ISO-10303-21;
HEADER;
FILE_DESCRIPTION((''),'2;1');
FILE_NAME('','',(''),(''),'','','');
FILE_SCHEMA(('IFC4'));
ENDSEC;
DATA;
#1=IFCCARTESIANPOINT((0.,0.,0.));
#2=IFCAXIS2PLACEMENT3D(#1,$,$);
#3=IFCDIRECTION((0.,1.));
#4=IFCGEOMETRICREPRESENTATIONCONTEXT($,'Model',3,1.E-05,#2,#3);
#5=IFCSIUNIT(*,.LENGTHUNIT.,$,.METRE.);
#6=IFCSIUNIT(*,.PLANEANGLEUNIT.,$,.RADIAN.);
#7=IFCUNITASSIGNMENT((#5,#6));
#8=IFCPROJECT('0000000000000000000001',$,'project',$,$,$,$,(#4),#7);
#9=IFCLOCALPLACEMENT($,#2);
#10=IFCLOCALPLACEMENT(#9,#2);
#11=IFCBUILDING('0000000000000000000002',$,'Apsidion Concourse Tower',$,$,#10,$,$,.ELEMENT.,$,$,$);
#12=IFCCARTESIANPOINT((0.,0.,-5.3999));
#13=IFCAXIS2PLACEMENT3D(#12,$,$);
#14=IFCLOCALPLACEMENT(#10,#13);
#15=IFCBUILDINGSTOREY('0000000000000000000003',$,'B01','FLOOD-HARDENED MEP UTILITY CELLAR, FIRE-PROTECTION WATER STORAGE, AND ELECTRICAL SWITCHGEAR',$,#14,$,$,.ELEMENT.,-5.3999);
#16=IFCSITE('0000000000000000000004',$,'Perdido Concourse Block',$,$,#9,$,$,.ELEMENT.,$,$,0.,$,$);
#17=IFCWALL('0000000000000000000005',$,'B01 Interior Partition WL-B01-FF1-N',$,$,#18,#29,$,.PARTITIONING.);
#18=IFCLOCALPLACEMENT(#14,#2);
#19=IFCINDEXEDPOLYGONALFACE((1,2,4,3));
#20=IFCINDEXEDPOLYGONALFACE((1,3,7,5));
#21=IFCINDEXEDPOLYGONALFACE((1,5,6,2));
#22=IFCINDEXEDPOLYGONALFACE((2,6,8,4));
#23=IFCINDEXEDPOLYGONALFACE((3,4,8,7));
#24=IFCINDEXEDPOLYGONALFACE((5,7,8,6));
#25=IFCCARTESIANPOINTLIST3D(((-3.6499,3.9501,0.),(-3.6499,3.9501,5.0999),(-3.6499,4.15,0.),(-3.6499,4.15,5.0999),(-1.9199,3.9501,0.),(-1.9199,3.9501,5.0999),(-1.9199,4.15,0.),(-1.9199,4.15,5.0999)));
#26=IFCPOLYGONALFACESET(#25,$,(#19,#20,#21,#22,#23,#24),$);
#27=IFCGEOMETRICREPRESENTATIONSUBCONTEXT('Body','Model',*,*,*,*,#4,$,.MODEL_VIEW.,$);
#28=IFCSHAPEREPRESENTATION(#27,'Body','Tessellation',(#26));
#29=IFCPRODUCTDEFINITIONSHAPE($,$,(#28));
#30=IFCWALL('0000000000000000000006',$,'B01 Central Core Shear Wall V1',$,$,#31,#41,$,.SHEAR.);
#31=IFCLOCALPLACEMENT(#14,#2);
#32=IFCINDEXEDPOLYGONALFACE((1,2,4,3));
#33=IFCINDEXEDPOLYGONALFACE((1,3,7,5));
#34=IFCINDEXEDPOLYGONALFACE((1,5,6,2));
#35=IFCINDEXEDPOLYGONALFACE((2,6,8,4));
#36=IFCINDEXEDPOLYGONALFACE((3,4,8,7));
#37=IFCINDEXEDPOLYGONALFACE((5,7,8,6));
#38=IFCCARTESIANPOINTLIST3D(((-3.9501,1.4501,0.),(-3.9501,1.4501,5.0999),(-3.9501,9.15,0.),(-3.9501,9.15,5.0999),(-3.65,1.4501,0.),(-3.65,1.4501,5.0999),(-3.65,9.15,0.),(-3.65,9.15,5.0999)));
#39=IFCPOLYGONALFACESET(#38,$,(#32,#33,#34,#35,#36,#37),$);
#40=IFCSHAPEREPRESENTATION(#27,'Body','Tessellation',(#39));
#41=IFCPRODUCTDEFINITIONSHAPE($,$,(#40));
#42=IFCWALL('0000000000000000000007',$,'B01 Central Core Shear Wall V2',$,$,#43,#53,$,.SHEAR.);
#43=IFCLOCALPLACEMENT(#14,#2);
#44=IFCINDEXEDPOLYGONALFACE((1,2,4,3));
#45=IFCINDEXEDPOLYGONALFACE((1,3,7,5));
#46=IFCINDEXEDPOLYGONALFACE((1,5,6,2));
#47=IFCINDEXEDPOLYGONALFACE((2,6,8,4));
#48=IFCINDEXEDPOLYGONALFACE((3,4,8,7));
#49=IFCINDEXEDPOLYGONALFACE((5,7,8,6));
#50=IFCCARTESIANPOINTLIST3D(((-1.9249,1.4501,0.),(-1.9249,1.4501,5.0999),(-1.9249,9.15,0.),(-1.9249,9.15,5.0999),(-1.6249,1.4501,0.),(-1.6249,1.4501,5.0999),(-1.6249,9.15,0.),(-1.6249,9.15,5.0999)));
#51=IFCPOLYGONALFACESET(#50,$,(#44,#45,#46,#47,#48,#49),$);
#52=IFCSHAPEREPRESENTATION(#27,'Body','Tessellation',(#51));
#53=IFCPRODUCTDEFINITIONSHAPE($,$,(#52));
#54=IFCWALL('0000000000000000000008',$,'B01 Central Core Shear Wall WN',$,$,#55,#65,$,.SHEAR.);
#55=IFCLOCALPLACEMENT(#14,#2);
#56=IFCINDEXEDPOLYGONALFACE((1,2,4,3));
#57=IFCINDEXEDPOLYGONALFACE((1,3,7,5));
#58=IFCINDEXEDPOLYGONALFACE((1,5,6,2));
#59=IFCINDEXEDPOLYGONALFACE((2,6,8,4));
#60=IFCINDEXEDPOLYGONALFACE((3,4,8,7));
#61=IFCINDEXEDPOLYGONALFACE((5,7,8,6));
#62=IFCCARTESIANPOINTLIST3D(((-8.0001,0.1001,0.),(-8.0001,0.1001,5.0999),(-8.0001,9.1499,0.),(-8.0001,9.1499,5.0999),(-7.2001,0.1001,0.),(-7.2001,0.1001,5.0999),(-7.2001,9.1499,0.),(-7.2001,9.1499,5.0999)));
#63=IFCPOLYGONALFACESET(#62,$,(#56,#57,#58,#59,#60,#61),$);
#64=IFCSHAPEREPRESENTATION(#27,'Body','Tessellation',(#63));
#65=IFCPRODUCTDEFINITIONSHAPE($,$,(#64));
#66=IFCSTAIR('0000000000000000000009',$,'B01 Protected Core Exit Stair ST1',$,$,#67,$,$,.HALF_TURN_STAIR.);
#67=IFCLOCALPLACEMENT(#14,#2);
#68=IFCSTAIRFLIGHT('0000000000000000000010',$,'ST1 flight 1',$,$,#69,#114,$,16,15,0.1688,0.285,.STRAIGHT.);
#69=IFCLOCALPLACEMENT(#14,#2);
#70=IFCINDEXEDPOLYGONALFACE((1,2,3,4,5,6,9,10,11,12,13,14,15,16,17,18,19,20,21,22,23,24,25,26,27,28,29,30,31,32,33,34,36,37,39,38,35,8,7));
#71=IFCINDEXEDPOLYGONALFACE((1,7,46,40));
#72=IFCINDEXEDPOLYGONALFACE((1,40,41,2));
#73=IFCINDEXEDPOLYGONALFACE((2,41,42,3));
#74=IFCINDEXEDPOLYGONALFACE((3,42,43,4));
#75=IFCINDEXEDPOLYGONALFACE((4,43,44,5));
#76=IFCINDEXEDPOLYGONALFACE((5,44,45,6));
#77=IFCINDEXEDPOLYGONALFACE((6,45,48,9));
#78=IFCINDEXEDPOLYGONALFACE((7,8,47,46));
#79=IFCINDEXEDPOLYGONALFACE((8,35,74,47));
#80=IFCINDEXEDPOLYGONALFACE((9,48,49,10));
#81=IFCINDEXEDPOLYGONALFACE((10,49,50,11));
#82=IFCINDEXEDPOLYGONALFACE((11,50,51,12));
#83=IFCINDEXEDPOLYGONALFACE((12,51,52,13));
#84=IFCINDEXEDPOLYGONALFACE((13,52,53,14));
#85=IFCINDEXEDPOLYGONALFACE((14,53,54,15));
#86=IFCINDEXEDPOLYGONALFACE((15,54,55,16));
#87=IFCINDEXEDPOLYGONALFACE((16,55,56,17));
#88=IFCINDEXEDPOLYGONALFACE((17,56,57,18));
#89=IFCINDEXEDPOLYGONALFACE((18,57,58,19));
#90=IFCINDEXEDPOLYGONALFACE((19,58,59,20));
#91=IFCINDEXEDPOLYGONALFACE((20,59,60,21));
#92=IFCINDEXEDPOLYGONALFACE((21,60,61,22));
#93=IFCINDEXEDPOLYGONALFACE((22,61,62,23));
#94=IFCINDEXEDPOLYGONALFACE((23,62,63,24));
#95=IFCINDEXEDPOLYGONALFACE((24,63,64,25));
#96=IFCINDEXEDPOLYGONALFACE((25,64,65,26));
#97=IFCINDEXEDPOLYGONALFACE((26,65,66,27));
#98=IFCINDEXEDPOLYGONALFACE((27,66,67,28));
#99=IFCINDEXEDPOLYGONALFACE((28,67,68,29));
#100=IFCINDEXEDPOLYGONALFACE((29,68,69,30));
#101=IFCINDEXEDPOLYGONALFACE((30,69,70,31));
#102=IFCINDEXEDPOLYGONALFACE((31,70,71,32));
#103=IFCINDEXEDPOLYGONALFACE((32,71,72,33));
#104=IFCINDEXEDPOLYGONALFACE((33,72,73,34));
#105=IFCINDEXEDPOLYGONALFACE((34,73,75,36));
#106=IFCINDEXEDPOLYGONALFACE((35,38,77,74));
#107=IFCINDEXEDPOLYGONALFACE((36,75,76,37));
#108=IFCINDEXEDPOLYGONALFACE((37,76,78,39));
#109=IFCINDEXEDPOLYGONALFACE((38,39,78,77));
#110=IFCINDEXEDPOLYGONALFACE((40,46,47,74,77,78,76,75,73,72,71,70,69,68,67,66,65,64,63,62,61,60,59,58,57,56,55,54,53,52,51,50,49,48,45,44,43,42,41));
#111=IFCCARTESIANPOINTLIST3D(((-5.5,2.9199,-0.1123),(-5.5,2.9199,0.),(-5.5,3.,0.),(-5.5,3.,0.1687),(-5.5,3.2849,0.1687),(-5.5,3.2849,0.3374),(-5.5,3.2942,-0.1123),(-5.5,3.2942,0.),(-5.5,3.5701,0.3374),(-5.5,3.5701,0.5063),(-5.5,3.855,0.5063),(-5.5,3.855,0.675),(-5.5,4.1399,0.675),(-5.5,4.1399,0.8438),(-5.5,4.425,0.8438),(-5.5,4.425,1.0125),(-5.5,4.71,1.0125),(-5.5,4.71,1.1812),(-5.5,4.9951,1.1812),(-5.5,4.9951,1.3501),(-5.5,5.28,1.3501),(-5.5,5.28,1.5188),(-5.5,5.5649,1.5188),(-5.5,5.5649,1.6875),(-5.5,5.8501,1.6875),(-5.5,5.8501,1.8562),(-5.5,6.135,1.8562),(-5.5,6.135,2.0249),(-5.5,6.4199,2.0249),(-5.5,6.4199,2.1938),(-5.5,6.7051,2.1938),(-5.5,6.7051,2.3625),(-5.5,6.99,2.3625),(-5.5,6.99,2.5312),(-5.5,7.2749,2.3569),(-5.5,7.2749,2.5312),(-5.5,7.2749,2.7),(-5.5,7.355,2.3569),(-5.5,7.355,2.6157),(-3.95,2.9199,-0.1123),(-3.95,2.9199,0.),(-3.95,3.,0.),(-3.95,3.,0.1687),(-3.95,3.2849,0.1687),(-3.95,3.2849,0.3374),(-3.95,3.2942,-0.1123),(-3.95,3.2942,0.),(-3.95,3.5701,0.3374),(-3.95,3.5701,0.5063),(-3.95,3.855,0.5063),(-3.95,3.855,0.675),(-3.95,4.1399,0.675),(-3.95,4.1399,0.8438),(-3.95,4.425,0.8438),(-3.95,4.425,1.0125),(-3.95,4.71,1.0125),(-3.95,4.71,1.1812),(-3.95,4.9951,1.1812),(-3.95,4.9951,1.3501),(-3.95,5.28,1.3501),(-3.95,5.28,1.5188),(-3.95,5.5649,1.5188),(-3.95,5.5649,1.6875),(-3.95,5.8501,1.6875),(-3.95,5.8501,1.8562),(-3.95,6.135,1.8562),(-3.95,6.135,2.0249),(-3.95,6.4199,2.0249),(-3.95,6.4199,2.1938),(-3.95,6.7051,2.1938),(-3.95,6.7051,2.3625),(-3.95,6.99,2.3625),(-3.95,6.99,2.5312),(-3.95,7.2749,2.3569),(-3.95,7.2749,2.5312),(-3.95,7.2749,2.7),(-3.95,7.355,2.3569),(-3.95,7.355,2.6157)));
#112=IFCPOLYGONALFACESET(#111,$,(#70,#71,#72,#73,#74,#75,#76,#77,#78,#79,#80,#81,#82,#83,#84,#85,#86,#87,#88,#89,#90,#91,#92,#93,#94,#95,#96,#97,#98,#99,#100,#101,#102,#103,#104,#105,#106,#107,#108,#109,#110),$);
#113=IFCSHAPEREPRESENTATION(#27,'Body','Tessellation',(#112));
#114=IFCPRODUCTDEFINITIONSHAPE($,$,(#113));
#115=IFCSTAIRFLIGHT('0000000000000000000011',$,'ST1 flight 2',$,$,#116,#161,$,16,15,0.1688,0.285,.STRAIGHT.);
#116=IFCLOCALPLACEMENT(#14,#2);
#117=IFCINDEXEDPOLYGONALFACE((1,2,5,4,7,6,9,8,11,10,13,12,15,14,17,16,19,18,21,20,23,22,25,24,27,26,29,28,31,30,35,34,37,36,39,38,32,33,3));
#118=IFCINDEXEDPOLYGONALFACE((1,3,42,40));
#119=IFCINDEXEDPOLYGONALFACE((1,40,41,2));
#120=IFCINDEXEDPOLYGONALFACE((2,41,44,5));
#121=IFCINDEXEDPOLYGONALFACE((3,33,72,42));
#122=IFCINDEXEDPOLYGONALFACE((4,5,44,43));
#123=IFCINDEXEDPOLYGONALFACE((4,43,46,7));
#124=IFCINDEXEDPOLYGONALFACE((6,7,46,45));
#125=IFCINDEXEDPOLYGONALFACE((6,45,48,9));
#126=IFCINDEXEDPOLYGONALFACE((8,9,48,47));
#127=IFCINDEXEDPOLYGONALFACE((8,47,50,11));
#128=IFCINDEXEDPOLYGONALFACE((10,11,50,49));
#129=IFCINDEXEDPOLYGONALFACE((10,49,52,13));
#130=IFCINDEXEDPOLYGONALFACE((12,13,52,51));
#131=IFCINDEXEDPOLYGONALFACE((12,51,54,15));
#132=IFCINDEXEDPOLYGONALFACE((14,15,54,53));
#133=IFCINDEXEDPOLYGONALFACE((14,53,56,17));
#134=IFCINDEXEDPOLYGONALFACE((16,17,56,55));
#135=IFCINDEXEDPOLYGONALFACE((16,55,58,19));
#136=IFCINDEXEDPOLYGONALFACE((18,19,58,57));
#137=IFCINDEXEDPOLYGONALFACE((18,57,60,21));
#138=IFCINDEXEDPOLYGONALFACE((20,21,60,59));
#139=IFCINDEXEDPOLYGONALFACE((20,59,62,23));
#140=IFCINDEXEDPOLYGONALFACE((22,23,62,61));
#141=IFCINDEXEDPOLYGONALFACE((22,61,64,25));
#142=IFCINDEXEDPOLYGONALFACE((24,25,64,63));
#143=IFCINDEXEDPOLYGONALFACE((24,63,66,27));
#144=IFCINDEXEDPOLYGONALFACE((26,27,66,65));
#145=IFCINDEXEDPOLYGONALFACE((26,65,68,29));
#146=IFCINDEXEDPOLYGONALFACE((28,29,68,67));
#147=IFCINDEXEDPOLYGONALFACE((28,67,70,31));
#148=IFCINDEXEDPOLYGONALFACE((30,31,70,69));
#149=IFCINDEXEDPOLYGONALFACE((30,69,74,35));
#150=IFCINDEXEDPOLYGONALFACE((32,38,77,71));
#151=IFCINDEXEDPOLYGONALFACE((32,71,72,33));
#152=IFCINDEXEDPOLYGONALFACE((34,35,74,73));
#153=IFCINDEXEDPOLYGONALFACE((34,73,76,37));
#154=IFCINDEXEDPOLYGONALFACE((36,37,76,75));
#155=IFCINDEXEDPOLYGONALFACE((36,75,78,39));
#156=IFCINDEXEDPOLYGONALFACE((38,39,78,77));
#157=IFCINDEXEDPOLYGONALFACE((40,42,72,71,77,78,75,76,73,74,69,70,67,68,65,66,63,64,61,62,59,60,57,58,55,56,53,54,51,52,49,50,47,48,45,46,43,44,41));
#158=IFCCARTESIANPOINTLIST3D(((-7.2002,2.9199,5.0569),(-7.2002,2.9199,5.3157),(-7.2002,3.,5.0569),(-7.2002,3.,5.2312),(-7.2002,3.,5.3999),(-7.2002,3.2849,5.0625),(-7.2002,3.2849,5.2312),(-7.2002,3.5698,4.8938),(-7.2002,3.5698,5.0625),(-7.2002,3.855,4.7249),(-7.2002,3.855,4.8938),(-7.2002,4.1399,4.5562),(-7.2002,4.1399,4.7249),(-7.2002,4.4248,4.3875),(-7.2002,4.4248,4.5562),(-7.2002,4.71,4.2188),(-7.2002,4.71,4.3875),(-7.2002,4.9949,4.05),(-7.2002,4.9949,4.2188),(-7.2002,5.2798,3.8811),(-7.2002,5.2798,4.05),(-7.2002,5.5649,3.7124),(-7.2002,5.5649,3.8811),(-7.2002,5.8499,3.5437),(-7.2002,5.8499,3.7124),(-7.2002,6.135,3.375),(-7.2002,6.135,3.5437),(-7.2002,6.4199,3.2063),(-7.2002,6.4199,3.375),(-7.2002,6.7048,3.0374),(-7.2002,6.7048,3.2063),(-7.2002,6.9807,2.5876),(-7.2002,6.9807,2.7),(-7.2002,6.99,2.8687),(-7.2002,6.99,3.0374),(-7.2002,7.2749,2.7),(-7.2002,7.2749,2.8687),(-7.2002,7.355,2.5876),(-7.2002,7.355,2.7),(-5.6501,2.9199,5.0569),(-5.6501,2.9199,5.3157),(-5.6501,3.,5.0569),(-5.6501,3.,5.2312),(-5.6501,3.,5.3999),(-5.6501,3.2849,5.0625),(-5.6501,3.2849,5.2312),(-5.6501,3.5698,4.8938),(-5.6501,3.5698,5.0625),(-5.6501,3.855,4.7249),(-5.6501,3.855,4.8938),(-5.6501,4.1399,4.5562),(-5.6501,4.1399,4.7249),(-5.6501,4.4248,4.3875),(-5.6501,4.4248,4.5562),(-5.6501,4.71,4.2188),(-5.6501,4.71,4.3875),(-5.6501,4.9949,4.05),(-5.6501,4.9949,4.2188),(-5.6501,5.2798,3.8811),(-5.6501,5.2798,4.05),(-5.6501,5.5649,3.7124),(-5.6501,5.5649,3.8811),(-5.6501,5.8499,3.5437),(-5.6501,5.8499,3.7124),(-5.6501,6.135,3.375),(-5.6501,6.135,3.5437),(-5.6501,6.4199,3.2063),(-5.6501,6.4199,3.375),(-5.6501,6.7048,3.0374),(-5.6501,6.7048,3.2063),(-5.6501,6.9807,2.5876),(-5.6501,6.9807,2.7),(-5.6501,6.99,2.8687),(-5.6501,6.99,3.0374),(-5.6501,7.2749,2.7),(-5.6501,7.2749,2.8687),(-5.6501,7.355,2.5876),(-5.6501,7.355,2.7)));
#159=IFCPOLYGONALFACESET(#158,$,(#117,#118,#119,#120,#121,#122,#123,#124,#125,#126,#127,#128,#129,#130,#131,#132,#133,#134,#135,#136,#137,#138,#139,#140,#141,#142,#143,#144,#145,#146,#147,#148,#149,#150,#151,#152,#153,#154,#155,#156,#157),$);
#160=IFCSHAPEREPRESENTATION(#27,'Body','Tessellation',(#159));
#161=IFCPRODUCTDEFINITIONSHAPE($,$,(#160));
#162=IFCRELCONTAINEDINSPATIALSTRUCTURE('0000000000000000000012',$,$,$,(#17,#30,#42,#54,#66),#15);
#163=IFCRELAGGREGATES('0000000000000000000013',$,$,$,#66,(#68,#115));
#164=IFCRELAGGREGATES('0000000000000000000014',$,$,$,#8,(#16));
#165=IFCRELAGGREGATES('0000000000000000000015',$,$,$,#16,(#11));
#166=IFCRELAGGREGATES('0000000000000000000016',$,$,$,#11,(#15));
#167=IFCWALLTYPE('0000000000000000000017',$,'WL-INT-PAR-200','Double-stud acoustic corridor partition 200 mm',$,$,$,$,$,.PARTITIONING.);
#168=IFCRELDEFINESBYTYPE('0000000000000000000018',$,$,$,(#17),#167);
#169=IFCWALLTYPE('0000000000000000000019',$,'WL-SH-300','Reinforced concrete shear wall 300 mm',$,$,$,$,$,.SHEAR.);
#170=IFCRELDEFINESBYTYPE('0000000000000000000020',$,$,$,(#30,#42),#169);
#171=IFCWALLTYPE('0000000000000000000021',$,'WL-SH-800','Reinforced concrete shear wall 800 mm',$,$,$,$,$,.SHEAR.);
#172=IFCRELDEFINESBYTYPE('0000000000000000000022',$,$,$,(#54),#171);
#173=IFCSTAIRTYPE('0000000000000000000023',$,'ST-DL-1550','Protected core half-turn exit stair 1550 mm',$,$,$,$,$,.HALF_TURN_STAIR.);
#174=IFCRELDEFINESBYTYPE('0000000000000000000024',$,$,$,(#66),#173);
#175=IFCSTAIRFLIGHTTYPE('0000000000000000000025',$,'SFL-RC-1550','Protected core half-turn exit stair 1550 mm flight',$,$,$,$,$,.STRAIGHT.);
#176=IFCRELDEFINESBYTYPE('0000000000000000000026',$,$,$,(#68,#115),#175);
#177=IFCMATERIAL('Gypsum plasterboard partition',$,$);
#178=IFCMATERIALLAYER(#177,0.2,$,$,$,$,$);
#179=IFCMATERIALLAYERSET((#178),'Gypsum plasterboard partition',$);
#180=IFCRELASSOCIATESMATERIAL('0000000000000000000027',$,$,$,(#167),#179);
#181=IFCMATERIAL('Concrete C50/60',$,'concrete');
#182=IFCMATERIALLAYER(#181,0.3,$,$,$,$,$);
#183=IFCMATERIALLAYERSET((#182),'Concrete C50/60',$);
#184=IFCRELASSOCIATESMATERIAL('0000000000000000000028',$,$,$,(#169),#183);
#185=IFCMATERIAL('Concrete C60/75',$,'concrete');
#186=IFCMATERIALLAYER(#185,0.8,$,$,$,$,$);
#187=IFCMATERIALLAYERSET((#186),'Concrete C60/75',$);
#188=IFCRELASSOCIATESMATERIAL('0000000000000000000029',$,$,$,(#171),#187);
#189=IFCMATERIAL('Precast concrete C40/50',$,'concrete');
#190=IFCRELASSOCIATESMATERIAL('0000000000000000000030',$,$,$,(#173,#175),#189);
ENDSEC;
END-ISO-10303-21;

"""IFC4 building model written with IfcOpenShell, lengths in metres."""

from ifc_helpers import new_model, si_unit, direction, frame, frame_2d, origin, place, context, subcontext, project, spatial, polyline, rectangle, outline, extrude, material, layer, layer_set, type_object, element, aggregate, save


model = new_model("IFC4")

# Units and contexts
model_context = context("Model", 3, precision=1e-05, world=origin(), true_north=direction((0.0, 1.0)))
body_context = subcontext(model_context, "Body", "Model", "MODEL_VIEW")
ifc_project = project(units=[si_unit("LENGTHUNIT", "METRE"), si_unit("PLANEANGLEUNIT", "RADIAN")], contexts=[model_context])

# Site, building, storey
site_placement = place(None, origin())
site = spatial("IfcSite", under=ifc_project, at=site_placement, Name="Perdido Concourse Block", CompositionType="ELEMENT", RefElevation=0.0)
building_placement = place(site_placement, origin())
building = spatial("IfcBuilding", under=site, at=building_placement, Name="Apsidion Concourse Tower", CompositionType="ELEMENT")
storey_placement = place(building_placement, frame((0.0, 0.0, -5.3999)))
storey = spatial("IfcBuildingStorey", under=building, at=storey_placement, Name="B01", Description="FLOOD-HARDENED MEP UTILITY CELLAR, FIRE-PROTECTION WATER STORAGE, AND ELECTRICAL SWITCHGEAR", CompositionType="ELEMENT", Elevation=-5.3999)

# Shared definitions
ifc_material_1 = material(Name="Concrete C50/60", Category="concrete")

# Shared definitions
ifc_material_2 = material(Name="Concrete C60/75", Category="concrete")

# Walls
ifc_material_3 = material(Name="Gypsum plasterboard partition")
ifc_layer_1 = layer(ifc_material_3, 0.2)
ifc_layer_set_1 = layer_set([ifc_layer_1], Name="Gypsum plasterboard partition")
wall_type_1 = type_object("IfcWallType", Name="WL-INT-PAR-200", Description="Double-stud acoustic corridor partition 200 mm", PredefinedType="PARTITIONING", material=ifc_layer_set_1)
wall_1_placement = place(storey_placement, frame((-3.6499, 4.05, 0.0), z_axis=(0.0, 0.0, 1.0), x_axis=(1.0, 0.0, 0.0)))
element("IfcWall", 1, at=wall_1_placement, inside=storey, type_object=wall_type_1, Name="B01 Interior Partition WL-B01-FF1-N", PredefinedType="PARTITIONING", context=body_context, shape_type="SweptSolid", body=[
    extrude(rectangle(XDim=1.73, YDim=0.2, at=frame_2d((0.865, 0.0))), origin(), (0.0, 0.0, 1.0), 5.0999),
])
ifc_layer_2 = layer(ifc_material_1, 0.3)
ifc_layer_set_2 = layer_set([ifc_layer_2], Name="Concrete C50/60")
wall_type_2 = type_object("IfcWallType", Name="WL-SH-300", Description="Reinforced concrete shear wall 300 mm", PredefinedType="SHEAR", material=ifc_layer_set_2)
for number, where, z_axis, x_axis, name in (
    (2, (-3.8, 1.45, 0.0), (0.0, 0.0, 1.0), (0.0, 1.0, 0.0), "B01 Central Core Shear Wall V1"),
    (3, (-1.7749, 1.45, 0.0), (0.0, 0.0, 1.0), (0.0, 1.0, 0.0), "B01 Central Core Shear Wall V2"),
):
    element("IfcWall", number, at=place(storey_placement, frame(where, z_axis=z_axis, x_axis=x_axis)), inside=storey, type_object=wall_type_2, Name=name, PredefinedType="SHEAR", context=body_context, shape_type="SweptSolid", body=[
        extrude(rectangle(XDim=7.7, YDim=0.3, at=frame_2d((3.8501, 0.0))), origin(), (0.0, 0.0, 1.0), 5.0999),
    ])

# Wall
ifc_layer_3 = layer(ifc_material_2, 0.8)
ifc_layer_set_3 = layer_set([ifc_layer_3], Name="Concrete C60/75")
wall_type_3 = type_object("IfcWallType", Name="WL-SH-800", Description="Reinforced concrete shear wall 800 mm", PredefinedType="SHEAR", material=ifc_layer_set_3)
wall_2_placement = place(storey_placement, frame((-7.6001, 0.1001, 0.0), z_axis=(0.0, 0.0, 1.0), x_axis=(0.0, 1.0, 0.0)))
element("IfcWall", 4, at=wall_2_placement, inside=storey, type_object=wall_type_3, Name="B01 Central Core Shear Wall WN", PredefinedType="SHEAR", context=body_context, shape_type="SweptSolid", body=[
    extrude(rectangle(XDim=9.0498, YDim=0.8, at=frame_2d((4.5249, 0.0))), origin(), (0.0, 0.0, 1.0), 5.0999),
])

# Stair, stair flights
ifc_material_4 = material(Name="Precast concrete C40/50", Category="concrete")
stair_type = type_object("IfcStairType", Name="ST-DL-1550", Description="Protected core half-turn exit stair 1550 mm", PredefinedType="HALF_TURN_STAIR", material=ifc_material_4)
stair_placement = place(storey_placement, origin())
stair = element("IfcStair", 5, at=stair_placement, inside=storey, type_object=stair_type, Name="B01 Protected Core Exit Stair ST1", PredefinedType="HALF_TURN_STAIR")
stair_flight_type = type_object("IfcStairFlightType", Name="SFL-RC-1550", Description="Protected core half-turn exit stair 1550 mm flight", PredefinedType="STRAIGHT", material=ifc_material_4)
stair_flight_1_placement = place(storey_placement, frame((-4.7251, 3.0, 0.0), z_axis=(0.0, 0.0, 1.0), x_axis=(0.0, 1.0, 0.0)))
stair_flight_1 = element("IfcStairFlight", 6, at=stair_flight_1_placement, type_object=stair_flight_type, Name="ST1 flight 1", NumberOfRisers=16, NumberOfTreads=15, PredefinedType="STRAIGHT", RiserHeight=0.1688, TreadLength=0.285, context=body_context, shape_type="SweptSolid", body=[
    extrude(outline(polyline([(-0.0801, -0.1123), (-0.0801, 0.0), (0.0, 0.0), (0.0, 0.1687), (0.2849, 0.1687), (0.2849, 0.3374), (0.5701, 0.3374), (0.5701, 0.5063), (0.855, 0.5063), (0.855, 0.675), (1.1399, 0.675), (1.1399, 0.8438), (1.425, 0.8438), (1.425, 1.0125), (1.71, 1.0125), (1.71, 1.1812), (1.9951, 1.1812), (1.9951, 1.3501), (2.28, 1.3501), (2.28, 1.5188), (2.5649, 1.5188), (2.5649, 1.6875), (2.8501, 1.6875), (2.8501, 1.8562), (3.135, 1.8562), (3.135, 2.0249), (3.4199, 2.0249), (3.4199, 2.1938), (3.7051, 2.1938), (3.7051, 2.3625), (3.99, 2.3625), (3.99, 2.5312), (4.2749, 2.5312), (4.2749, 2.7), (4.355, 2.6157), (4.355, 2.3569), (4.2749, 2.3569), (0.2942, 0.0), (0.2942, -0.1123), (-0.0801, -0.1123)])), frame((0.0, 0.7749, 0.0), z_axis=(0.0, -1.0, 0.0), x_axis=(1.0, 0.0, 0.0)), (0.0, 0.0, 1.0), 1.55),
])
stair_flight_2_placement = place(storey_placement, frame((-6.425, 7.2749, 2.7), z_axis=(0.0, 0.0, 1.0), x_axis=(0.0, -1.0, 0.0)))
stair_flight_2 = element("IfcStairFlight", 7, at=stair_flight_2_placement, type_object=stair_flight_type, Name="ST1 flight 2", NumberOfRisers=16, NumberOfTreads=15, PredefinedType="STRAIGHT", RiserHeight=0.1688, TreadLength=0.285, context=body_context, shape_type="SweptSolid", body=[
    extrude(outline(polyline([(-0.0801, -0.1123), (-0.0801, 0.0), (0.0, 0.0), (0.0, 0.1687), (0.2849, 0.1687), (0.2849, 0.3374), (0.5701, 0.3374), (0.5701, 0.5063), (0.855, 0.5063), (0.855, 0.675), (1.1399, 0.675), (1.1399, 0.8438), (1.425, 0.8438), (1.425, 1.0125), (1.71, 1.0125), (1.71, 1.1812), (1.9951, 1.1812), (1.9951, 1.3501), (2.28, 1.3501), (2.28, 1.5188), (2.5649, 1.5188), (2.5649, 1.6875), (2.8501, 1.6875), (2.8501, 1.8562), (3.135, 1.8562), (3.135, 2.0249), (3.4199, 2.0249), (3.4199, 2.1938), (3.7051, 2.1938), (3.7051, 2.3625), (3.99, 2.3625), (3.99, 2.5312), (4.2749, 2.5312), (4.2749, 2.7), (4.355, 2.6157), (4.355, 2.3569), (4.2749, 2.3569), (0.2942, 0.0), (0.2942, -0.1123), (-0.0801, -0.1123)])), frame((0.0, 0.7749, 0.0), z_axis=(0.0, -1.0, 0.0), x_axis=(1.0, 0.0, 0.0)), (0.0, 0.0, 1.0), 1.55),
])
aggregate(stair, [stair_flight_1, stair_flight_2])

save(model, "model.ifc")
